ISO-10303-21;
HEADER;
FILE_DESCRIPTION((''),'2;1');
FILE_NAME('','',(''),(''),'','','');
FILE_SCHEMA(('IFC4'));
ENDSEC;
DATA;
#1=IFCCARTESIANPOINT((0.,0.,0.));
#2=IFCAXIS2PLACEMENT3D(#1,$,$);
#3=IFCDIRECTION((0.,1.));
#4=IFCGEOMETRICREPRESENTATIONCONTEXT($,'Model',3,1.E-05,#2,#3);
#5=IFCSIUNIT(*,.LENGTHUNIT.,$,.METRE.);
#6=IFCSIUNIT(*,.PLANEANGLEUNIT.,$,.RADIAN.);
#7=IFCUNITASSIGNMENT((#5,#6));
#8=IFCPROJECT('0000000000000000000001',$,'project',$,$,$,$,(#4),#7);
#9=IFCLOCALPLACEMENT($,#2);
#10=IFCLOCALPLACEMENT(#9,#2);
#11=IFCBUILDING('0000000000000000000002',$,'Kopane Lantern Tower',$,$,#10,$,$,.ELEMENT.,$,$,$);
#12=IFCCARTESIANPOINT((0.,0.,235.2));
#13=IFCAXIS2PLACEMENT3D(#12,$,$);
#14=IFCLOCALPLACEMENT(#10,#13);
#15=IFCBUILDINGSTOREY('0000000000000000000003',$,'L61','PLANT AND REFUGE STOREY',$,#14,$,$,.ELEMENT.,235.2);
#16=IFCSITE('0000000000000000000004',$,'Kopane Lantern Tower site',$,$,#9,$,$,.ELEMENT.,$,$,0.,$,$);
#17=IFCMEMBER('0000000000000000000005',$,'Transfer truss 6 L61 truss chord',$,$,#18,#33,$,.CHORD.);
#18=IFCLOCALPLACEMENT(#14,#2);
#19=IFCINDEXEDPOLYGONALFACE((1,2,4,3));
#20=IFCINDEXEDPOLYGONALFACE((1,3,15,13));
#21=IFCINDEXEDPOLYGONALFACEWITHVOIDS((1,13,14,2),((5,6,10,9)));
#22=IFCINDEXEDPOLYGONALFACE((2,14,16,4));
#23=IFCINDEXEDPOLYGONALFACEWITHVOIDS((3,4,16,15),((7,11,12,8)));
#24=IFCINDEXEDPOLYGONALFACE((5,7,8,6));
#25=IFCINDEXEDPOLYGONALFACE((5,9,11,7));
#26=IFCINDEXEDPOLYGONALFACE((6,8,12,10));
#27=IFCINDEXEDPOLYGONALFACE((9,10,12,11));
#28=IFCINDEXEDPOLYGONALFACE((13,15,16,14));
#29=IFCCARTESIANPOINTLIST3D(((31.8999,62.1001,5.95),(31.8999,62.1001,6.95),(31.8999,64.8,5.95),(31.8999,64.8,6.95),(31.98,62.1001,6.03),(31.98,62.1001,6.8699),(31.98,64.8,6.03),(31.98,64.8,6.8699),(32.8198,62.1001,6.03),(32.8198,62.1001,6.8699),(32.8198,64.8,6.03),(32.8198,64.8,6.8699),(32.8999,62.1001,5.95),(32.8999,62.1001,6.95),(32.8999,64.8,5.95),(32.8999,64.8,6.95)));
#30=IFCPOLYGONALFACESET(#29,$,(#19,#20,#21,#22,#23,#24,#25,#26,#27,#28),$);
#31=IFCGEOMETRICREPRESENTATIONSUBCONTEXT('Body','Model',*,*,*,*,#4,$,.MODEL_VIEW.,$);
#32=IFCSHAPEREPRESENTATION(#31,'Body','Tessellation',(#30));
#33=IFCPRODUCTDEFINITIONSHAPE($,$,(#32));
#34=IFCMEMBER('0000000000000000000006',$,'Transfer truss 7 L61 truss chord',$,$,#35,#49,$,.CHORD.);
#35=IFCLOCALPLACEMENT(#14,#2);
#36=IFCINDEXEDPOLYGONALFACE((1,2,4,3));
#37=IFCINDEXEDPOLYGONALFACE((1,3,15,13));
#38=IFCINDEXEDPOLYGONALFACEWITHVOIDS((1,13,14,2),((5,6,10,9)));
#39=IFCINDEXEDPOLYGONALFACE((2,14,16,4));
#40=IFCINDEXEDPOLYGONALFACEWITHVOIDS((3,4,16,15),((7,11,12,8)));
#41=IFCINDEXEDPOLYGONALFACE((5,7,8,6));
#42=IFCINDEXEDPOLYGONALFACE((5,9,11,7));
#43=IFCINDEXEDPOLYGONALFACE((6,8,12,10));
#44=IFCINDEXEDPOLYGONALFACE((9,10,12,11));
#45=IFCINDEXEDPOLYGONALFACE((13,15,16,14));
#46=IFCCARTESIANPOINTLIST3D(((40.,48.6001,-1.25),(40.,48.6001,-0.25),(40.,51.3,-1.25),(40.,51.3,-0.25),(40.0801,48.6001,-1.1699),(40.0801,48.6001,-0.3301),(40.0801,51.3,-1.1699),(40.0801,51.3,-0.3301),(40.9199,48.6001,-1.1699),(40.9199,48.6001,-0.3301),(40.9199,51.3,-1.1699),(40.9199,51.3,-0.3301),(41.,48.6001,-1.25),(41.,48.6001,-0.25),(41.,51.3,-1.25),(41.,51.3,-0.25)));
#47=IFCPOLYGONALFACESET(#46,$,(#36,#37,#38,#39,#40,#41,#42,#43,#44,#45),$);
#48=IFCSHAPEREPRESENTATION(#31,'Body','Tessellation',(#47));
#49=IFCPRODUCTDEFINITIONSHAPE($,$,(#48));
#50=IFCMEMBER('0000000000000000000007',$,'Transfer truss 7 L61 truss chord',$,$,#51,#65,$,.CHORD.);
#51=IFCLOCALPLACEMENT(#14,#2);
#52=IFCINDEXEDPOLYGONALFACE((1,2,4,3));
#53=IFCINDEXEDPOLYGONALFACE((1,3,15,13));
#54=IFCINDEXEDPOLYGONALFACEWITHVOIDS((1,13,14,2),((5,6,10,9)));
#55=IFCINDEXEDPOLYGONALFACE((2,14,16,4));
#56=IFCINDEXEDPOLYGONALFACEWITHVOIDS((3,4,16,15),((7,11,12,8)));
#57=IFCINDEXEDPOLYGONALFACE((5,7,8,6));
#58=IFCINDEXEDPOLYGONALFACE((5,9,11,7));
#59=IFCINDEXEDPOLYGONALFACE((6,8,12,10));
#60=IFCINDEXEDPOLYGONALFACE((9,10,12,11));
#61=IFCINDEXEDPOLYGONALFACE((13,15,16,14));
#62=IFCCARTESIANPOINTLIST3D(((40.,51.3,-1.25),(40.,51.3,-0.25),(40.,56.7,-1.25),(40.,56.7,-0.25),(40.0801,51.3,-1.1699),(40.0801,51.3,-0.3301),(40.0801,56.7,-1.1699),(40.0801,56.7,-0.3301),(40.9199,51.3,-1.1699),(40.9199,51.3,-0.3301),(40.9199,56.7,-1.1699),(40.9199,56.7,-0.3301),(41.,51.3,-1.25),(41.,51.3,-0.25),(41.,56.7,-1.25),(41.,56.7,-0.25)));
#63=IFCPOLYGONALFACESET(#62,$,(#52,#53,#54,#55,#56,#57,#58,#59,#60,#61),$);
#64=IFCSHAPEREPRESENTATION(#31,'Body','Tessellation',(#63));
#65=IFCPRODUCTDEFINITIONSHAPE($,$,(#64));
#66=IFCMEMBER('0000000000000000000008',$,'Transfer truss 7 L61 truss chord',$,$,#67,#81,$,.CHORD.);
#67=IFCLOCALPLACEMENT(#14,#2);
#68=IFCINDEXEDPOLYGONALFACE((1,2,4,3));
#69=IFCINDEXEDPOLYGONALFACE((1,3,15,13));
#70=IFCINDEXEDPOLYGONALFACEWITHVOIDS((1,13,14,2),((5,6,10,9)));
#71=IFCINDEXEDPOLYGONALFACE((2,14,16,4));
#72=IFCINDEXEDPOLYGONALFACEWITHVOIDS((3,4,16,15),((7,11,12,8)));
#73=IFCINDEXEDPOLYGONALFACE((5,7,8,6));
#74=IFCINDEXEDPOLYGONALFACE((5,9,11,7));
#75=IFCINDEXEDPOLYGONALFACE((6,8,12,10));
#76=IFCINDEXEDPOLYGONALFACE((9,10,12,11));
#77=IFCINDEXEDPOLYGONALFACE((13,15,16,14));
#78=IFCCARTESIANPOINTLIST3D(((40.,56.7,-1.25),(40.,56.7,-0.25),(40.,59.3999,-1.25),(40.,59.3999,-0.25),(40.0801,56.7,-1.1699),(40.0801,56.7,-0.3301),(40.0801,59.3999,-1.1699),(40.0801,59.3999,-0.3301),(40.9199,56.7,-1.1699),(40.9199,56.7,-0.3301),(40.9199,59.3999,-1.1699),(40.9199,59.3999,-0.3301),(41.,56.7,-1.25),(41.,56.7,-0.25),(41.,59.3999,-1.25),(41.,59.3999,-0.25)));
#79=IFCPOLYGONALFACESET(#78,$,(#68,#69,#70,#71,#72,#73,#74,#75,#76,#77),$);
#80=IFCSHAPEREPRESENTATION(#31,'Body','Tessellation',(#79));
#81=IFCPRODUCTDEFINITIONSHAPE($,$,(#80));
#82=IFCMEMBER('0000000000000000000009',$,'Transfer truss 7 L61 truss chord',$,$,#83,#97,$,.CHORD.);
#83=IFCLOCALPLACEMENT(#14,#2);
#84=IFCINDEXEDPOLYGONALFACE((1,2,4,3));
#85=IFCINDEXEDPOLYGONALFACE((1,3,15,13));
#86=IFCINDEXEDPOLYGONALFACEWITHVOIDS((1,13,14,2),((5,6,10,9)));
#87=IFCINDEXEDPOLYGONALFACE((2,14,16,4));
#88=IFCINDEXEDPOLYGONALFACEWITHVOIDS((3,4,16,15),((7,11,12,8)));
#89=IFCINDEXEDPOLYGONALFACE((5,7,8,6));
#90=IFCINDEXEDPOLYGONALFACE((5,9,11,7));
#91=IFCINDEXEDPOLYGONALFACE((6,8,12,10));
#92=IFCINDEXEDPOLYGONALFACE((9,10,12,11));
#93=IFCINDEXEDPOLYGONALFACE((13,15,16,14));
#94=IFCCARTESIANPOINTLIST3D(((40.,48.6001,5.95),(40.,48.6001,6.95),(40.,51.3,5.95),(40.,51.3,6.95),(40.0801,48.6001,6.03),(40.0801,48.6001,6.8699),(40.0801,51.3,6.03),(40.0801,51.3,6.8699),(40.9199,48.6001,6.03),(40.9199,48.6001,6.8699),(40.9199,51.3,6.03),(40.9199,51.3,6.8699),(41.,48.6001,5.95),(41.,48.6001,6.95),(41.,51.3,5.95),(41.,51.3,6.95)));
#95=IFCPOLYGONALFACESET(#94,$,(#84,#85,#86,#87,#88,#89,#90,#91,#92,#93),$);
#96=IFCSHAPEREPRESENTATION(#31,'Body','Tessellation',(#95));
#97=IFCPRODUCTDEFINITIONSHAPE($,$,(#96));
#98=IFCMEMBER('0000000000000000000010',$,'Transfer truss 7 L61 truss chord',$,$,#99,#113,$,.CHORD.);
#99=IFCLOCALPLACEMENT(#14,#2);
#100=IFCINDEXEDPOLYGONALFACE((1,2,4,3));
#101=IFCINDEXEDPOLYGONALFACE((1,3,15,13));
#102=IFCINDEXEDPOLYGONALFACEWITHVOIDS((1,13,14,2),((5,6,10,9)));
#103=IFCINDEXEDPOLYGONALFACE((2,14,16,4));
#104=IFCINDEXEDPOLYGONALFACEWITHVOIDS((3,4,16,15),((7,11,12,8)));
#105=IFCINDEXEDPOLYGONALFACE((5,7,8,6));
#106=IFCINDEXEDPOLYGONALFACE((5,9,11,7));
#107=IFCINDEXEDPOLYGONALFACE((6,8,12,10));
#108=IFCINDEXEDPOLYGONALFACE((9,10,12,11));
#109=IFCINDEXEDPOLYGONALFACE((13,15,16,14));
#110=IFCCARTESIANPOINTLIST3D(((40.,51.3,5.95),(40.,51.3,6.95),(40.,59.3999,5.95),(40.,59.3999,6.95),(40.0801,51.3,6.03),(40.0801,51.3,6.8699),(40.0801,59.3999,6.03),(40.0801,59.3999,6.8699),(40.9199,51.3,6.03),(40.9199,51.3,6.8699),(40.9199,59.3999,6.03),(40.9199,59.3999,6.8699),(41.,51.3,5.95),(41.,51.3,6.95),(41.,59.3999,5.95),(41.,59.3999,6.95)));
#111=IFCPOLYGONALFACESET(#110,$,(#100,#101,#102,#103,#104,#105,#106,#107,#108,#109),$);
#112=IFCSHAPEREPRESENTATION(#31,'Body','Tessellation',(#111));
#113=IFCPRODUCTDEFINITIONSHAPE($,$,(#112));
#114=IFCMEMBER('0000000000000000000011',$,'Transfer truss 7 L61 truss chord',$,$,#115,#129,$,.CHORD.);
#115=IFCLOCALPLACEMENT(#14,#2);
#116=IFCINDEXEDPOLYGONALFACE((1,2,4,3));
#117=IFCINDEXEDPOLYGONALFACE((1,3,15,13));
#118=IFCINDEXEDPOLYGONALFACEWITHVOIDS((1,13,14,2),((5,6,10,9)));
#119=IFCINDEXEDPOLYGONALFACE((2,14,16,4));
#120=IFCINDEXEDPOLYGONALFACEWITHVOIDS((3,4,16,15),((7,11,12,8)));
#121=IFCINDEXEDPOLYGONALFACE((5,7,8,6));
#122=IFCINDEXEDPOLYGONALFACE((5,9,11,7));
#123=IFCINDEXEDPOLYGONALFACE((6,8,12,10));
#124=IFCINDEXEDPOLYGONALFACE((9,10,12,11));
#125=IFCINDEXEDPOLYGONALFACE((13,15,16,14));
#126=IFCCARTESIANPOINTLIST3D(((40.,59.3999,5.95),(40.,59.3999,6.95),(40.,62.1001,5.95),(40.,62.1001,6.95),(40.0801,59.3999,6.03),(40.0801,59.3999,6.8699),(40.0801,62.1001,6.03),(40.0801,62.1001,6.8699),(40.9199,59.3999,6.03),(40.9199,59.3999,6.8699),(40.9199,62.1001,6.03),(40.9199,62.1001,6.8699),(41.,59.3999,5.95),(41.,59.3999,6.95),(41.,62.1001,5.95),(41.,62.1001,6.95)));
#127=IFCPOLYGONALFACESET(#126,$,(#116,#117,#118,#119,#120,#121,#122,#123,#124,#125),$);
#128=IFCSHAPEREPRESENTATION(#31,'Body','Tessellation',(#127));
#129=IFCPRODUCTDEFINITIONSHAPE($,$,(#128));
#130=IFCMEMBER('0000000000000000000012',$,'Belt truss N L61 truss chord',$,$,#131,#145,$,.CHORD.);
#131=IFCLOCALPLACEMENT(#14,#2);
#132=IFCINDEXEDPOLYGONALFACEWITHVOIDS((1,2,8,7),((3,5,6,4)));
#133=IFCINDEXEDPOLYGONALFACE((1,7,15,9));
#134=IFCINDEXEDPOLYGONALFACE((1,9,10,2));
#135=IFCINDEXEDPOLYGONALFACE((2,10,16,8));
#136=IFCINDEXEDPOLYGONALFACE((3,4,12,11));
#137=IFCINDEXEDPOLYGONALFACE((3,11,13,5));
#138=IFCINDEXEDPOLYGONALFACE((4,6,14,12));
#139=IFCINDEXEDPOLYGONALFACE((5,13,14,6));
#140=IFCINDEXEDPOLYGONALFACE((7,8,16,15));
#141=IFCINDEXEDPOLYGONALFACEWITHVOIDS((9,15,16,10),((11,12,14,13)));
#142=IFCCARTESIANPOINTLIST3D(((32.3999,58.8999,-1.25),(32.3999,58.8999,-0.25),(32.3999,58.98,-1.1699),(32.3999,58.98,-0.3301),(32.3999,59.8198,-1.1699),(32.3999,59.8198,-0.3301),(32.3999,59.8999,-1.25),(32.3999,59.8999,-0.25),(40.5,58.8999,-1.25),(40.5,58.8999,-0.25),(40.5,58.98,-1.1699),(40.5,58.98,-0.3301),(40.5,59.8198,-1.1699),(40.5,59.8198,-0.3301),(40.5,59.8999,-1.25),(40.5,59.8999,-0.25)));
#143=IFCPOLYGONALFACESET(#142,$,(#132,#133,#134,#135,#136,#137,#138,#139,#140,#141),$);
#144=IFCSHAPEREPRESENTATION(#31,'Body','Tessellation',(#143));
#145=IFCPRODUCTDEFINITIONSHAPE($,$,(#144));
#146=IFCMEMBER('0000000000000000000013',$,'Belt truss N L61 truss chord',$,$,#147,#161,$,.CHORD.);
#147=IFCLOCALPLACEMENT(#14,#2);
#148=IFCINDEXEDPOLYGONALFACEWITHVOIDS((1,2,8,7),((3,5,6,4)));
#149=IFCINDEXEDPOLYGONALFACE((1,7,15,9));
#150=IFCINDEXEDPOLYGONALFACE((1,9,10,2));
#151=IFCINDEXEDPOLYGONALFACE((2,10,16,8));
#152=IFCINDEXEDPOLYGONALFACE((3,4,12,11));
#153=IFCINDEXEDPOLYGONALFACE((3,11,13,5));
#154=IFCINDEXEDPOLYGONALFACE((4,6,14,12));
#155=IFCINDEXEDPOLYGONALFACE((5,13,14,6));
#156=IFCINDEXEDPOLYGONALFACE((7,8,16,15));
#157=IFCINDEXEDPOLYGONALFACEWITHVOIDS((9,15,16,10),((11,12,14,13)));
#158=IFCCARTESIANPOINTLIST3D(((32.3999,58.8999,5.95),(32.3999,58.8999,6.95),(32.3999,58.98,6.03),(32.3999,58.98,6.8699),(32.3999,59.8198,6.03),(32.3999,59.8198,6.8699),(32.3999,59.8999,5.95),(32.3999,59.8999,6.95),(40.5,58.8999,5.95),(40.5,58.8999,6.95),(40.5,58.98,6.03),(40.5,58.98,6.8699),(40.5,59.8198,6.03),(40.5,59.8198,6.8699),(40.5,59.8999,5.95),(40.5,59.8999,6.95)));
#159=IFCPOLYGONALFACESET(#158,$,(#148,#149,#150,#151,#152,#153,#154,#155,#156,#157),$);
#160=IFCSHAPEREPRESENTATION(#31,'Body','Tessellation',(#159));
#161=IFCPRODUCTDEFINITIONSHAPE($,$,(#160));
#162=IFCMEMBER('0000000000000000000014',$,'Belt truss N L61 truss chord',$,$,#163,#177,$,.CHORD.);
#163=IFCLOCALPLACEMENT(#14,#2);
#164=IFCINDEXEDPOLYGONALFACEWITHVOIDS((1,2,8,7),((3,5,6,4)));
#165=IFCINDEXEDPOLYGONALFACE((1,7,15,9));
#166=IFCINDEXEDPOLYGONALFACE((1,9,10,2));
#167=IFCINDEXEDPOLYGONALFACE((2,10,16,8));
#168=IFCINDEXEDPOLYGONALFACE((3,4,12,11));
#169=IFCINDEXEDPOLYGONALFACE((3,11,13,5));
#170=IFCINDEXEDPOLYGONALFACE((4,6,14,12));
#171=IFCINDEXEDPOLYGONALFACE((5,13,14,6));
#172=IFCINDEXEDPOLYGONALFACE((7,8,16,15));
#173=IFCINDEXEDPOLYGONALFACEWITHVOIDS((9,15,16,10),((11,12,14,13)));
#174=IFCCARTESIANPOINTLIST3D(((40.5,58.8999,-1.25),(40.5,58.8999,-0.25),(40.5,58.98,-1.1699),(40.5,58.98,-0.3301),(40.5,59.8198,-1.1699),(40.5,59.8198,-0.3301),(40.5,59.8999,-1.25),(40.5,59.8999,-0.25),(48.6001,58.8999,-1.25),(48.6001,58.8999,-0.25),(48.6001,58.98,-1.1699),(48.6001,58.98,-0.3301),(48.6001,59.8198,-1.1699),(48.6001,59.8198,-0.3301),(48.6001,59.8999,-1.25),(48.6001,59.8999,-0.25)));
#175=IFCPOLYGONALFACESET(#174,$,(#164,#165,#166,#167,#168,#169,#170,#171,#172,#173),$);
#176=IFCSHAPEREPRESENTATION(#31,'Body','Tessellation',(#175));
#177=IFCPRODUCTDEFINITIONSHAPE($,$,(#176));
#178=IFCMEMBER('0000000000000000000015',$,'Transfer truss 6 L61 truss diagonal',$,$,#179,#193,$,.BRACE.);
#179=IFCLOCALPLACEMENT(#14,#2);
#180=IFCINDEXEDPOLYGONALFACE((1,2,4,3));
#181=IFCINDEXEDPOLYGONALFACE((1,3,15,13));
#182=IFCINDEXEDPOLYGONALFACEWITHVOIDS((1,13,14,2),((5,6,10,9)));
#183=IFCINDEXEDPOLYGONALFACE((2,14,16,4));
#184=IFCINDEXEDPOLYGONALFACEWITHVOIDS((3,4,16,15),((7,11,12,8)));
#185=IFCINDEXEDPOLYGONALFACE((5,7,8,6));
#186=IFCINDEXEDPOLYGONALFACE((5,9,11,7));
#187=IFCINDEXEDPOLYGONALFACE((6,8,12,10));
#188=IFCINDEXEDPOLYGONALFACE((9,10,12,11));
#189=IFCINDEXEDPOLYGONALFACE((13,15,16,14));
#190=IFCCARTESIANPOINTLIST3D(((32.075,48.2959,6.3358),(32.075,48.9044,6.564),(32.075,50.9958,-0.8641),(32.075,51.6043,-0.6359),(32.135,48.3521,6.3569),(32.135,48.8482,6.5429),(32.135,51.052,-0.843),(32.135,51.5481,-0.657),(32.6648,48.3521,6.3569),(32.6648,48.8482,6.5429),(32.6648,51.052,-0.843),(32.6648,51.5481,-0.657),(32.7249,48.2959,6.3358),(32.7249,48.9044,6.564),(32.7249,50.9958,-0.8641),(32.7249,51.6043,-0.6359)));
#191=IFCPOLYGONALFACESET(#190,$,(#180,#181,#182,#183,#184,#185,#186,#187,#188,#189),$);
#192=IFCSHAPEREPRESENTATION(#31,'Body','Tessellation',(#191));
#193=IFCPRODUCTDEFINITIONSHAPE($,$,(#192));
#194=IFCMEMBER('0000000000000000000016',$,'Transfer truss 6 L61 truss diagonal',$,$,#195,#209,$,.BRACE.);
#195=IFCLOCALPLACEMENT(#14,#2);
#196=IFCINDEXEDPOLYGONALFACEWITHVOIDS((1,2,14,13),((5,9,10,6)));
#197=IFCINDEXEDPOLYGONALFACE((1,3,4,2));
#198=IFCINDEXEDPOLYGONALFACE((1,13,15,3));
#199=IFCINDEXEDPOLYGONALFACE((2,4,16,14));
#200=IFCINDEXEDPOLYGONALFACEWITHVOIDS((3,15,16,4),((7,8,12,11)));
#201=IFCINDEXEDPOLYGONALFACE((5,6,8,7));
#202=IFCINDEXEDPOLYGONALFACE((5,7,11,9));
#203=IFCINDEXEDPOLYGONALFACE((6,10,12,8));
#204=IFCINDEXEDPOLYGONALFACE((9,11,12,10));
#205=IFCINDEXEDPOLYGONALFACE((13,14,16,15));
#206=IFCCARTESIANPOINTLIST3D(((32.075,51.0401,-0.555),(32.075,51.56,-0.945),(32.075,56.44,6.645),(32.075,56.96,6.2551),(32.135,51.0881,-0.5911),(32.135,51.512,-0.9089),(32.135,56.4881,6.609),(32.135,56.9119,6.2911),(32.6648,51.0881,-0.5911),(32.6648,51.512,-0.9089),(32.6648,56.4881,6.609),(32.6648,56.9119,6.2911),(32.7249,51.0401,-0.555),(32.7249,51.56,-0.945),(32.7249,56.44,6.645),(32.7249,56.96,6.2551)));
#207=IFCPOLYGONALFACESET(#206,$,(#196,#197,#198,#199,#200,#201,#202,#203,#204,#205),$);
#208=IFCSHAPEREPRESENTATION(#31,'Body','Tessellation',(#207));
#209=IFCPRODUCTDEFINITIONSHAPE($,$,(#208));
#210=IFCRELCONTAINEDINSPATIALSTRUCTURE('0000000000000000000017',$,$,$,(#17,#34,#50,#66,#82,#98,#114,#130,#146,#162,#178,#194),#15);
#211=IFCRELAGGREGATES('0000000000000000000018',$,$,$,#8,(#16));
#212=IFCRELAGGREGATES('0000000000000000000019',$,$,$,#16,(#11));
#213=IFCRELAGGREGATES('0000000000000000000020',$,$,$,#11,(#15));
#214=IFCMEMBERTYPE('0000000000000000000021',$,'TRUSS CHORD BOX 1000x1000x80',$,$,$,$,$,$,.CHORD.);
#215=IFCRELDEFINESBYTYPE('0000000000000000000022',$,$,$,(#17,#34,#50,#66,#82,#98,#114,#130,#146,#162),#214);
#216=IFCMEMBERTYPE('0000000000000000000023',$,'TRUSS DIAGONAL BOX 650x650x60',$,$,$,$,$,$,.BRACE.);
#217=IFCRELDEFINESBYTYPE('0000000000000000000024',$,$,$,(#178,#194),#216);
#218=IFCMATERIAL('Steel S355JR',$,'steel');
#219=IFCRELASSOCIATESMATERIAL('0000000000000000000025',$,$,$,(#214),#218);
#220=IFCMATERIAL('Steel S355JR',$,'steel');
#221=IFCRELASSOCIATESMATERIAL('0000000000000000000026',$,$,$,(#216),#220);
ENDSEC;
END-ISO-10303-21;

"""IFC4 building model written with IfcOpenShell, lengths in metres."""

from ifc_helpers import new_model, si_unit, direction, frame, origin, origin_2d, place, context, subcontext, project, spatial, hollow_rectangle, extrude, material, material_profile, profile_set, type_object, element, save


model = new_model("IFC4")

# Units and contexts
model_context = context("Model", 3, precision=1e-05, world=origin(), true_north=direction((0.0, 1.0)))
body_context = subcontext(model_context, "Body", "Model", "MODEL_VIEW")
ifc_project = project(units=[si_unit("LENGTHUNIT", "METRE"), si_unit("PLANEANGLEUNIT", "RADIAN")], contexts=[model_context])

# Site, building, storey
site_placement = place(None, origin())
site = spatial("IfcSite", under=ifc_project, at=site_placement, Name="Kopane Lantern Tower site", CompositionType="ELEMENT", RefElevation=0.0)
building_placement = place(site_placement, origin())
building = spatial("IfcBuilding", under=site, at=building_placement, Name="Kopane Lantern Tower", CompositionType="ELEMENT")
storey_placement = place(building_placement, frame((0.0, 0.0, 235.2)))
storey = spatial("IfcBuildingStorey", under=building, at=storey_placement, Name="L61", Description="PLANT AND REFUGE STOREY", CompositionType="ELEMENT", Elevation=235.2)

# Members
ifc_material_1 = material(Name="Steel S355JR", Category="steel")
ifc_material_profile_1 = material_profile(ifc_material_1, hollow_rectangle(XDim=1.0, YDim=1.0, WallThickness=0.0801, at=origin_2d()), Name="BOX 1000x1000x80")
ifc_profile_set_1 = profile_set([ifc_material_profile_1], Name="Steel S355JR")
member_type_1 = type_object("IfcMemberType", Name="TRUSS CHORD BOX 1000x1000x80", PredefinedType="CHORD", material=ifc_profile_set_1)
for number, where, z_axis, x_axis, name in (
    (1, (32.3999, 62.1001, 6.45), (0.0, 1.0, 0.0), (-1.0, 0.0, 0.0), "Transfer truss 6 L61 truss chord"),
    (2, (40.5, 48.6001, -0.75), (0.0, 1.0, 0.0), (-1.0, 0.0, 0.0), "Transfer truss 7 L61 truss chord"),
):
    element("IfcMember", number, at=place(storey_placement, frame(where, z_axis=z_axis, x_axis=x_axis)), inside=storey, type_object=member_type_1, Name=name, PredefinedType="CHORD", context=body_context, shape_type="SweptSolid", body=[
        extrude(hollow_rectangle(XDim=1.0, YDim=1.0, WallThickness=0.0801, at=origin_2d()), origin(), (0.0, 0.0, 1.0), 2.7),
    ])
member_1_placement = place(storey_placement, frame((40.5, 51.3, -0.75), z_axis=(0.0, 1.0, 0.0), x_axis=(-1.0, 0.0, 0.0)))
element("IfcMember", 3, at=member_1_placement, inside=storey, type_object=member_type_1, Name="Transfer truss 7 L61 truss chord", PredefinedType="CHORD", context=body_context, shape_type="SweptSolid", body=[
    extrude(hollow_rectangle(XDim=1.0, YDim=1.0, WallThickness=0.0801, at=origin_2d()), origin(), (0.0, 0.0, 1.0), 5.3999),
])
for number, where, z_axis, x_axis, name in (
    (4, (40.5, 56.7, -0.75), (0.0, 1.0, 0.0), (-1.0, 0.0, 0.0), "Transfer truss 7 L61 truss chord"),
    (5, (40.5, 48.6001, 6.45), (0.0, 1.0, 0.0), (-1.0, 0.0, 0.0), "Transfer truss 7 L61 truss chord"),
):
    element("IfcMember", number, at=place(storey_placement, frame(where, z_axis=z_axis, x_axis=x_axis)), inside=storey, type_object=member_type_1, Name=name, PredefinedType="CHORD", context=body_context, shape_type="SweptSolid", body=[
        extrude(hollow_rectangle(XDim=1.0, YDim=1.0, WallThickness=0.0801, at=origin_2d()), origin(), (0.0, 0.0, 1.0), 2.7),
    ])
member_2_placement = place(storey_placement, frame((40.5, 51.3, 6.45), z_axis=(0.0, 1.0, 0.0), x_axis=(-1.0, 0.0, 0.0)))
element("IfcMember", 6, at=member_2_placement, inside=storey, type_object=member_type_1, Name="Transfer truss 7 L61 truss chord", PredefinedType="CHORD", context=body_context, shape_type="SweptSolid", body=[
    extrude(hollow_rectangle(XDim=1.0, YDim=1.0, WallThickness=0.0801, at=origin_2d()), origin(), (0.0, 0.0, 1.0), 8.0999),
])
member_3_placement = place(storey_placement, frame((40.5, 59.3999, 6.45), z_axis=(0.0, 1.0, 0.0), x_axis=(-1.0, 0.0, 0.0)))
element("IfcMember", 7, at=member_3_placement, inside=storey, type_object=member_type_1, Name="Transfer truss 7 L61 truss chord", PredefinedType="CHORD", context=body_context, shape_type="SweptSolid", body=[
    extrude(hollow_rectangle(XDim=1.0, YDim=1.0, WallThickness=0.0801, at=origin_2d()), origin(), (0.0, 0.0, 1.0), 2.7002),
])
for number, where, z_axis, x_axis, name in (
    (8, (32.3999, 59.3999, -0.75), (1.0, 0.0, 0.0), (0.0, 1.0, 0.0), "Belt truss N L61 truss chord"),
    (9, (32.3999, 59.3999, 6.45), (1.0, 0.0, 0.0), (0.0, 1.0, 0.0), "Belt truss N L61 truss chord"),
    (10, (40.5, 59.3999, -0.75), (1.0, 0.0, 0.0), (0.0, 1.0, 0.0), "Belt truss N L61 truss chord"),
):
    element("IfcMember", number, at=place(storey_placement, frame(where, z_axis=z_axis, x_axis=x_axis)), inside=storey, type_object=member_type_1, Name=name, PredefinedType="CHORD", context=body_context, shape_type="SweptSolid", body=[
        extrude(hollow_rectangle(XDim=1.0, YDim=1.0, WallThickness=0.0801, at=origin_2d()), origin(), (0.0, 0.0, 1.0), 8.1001),
    ])
ifc_material_2 = material(Name="Steel S355JR", Category="steel")
ifc_material_profile_2 = material_profile(ifc_material_2, hollow_rectangle(XDim=0.6499, YDim=0.6499, WallThickness=0.0601, at=origin_2d()), Name="BOX 650x650x60")
ifc_profile_set_2 = profile_set([ifc_material_profile_2], Name="Steel S355JR")
member_type_2 = type_object("IfcMemberType", Name="TRUSS DIAGONAL BOX 650x650x60", PredefinedType="BRACE", material=ifc_profile_set_2)
member_4_placement = place(storey_placement, frame((32.3999, 51.3, -0.75), z_axis=(0.0, -0.35112, 0.93633), x_axis=(1.0, 0.0, 0.0)))
element("IfcMember", 11, at=member_4_placement, inside=storey, type_object=member_type_2, Name="Transfer truss 6 L61 truss diagonal", PredefinedType="BRACE", context=body_context, shape_type="SweptSolid", body=[
    extrude(hollow_rectangle(XDim=0.6499, YDim=0.6499, WallThickness=0.0601, at=origin_2d()), origin(), (0.0, 0.0, 1.0), 7.6895),
])
member_5_placement = place(storey_placement, frame((32.3999, 51.3, -0.75), z_axis=(0.0, 0.599996, 0.800003), x_axis=(-1.0, 0.0, 0.0)))
element("IfcMember", 12, at=member_5_placement, inside=storey, type_object=member_type_2, Name="Transfer truss 6 L61 truss diagonal", PredefinedType="BRACE", context=body_context, shape_type="SweptSolid", body=[
    extrude(hollow_rectangle(XDim=0.6499, YDim=0.6499, WallThickness=0.0601, at=origin_2d()), origin(), (0.0, 0.0, 1.0), 9.0),
])

save(model, "model.ifc")
